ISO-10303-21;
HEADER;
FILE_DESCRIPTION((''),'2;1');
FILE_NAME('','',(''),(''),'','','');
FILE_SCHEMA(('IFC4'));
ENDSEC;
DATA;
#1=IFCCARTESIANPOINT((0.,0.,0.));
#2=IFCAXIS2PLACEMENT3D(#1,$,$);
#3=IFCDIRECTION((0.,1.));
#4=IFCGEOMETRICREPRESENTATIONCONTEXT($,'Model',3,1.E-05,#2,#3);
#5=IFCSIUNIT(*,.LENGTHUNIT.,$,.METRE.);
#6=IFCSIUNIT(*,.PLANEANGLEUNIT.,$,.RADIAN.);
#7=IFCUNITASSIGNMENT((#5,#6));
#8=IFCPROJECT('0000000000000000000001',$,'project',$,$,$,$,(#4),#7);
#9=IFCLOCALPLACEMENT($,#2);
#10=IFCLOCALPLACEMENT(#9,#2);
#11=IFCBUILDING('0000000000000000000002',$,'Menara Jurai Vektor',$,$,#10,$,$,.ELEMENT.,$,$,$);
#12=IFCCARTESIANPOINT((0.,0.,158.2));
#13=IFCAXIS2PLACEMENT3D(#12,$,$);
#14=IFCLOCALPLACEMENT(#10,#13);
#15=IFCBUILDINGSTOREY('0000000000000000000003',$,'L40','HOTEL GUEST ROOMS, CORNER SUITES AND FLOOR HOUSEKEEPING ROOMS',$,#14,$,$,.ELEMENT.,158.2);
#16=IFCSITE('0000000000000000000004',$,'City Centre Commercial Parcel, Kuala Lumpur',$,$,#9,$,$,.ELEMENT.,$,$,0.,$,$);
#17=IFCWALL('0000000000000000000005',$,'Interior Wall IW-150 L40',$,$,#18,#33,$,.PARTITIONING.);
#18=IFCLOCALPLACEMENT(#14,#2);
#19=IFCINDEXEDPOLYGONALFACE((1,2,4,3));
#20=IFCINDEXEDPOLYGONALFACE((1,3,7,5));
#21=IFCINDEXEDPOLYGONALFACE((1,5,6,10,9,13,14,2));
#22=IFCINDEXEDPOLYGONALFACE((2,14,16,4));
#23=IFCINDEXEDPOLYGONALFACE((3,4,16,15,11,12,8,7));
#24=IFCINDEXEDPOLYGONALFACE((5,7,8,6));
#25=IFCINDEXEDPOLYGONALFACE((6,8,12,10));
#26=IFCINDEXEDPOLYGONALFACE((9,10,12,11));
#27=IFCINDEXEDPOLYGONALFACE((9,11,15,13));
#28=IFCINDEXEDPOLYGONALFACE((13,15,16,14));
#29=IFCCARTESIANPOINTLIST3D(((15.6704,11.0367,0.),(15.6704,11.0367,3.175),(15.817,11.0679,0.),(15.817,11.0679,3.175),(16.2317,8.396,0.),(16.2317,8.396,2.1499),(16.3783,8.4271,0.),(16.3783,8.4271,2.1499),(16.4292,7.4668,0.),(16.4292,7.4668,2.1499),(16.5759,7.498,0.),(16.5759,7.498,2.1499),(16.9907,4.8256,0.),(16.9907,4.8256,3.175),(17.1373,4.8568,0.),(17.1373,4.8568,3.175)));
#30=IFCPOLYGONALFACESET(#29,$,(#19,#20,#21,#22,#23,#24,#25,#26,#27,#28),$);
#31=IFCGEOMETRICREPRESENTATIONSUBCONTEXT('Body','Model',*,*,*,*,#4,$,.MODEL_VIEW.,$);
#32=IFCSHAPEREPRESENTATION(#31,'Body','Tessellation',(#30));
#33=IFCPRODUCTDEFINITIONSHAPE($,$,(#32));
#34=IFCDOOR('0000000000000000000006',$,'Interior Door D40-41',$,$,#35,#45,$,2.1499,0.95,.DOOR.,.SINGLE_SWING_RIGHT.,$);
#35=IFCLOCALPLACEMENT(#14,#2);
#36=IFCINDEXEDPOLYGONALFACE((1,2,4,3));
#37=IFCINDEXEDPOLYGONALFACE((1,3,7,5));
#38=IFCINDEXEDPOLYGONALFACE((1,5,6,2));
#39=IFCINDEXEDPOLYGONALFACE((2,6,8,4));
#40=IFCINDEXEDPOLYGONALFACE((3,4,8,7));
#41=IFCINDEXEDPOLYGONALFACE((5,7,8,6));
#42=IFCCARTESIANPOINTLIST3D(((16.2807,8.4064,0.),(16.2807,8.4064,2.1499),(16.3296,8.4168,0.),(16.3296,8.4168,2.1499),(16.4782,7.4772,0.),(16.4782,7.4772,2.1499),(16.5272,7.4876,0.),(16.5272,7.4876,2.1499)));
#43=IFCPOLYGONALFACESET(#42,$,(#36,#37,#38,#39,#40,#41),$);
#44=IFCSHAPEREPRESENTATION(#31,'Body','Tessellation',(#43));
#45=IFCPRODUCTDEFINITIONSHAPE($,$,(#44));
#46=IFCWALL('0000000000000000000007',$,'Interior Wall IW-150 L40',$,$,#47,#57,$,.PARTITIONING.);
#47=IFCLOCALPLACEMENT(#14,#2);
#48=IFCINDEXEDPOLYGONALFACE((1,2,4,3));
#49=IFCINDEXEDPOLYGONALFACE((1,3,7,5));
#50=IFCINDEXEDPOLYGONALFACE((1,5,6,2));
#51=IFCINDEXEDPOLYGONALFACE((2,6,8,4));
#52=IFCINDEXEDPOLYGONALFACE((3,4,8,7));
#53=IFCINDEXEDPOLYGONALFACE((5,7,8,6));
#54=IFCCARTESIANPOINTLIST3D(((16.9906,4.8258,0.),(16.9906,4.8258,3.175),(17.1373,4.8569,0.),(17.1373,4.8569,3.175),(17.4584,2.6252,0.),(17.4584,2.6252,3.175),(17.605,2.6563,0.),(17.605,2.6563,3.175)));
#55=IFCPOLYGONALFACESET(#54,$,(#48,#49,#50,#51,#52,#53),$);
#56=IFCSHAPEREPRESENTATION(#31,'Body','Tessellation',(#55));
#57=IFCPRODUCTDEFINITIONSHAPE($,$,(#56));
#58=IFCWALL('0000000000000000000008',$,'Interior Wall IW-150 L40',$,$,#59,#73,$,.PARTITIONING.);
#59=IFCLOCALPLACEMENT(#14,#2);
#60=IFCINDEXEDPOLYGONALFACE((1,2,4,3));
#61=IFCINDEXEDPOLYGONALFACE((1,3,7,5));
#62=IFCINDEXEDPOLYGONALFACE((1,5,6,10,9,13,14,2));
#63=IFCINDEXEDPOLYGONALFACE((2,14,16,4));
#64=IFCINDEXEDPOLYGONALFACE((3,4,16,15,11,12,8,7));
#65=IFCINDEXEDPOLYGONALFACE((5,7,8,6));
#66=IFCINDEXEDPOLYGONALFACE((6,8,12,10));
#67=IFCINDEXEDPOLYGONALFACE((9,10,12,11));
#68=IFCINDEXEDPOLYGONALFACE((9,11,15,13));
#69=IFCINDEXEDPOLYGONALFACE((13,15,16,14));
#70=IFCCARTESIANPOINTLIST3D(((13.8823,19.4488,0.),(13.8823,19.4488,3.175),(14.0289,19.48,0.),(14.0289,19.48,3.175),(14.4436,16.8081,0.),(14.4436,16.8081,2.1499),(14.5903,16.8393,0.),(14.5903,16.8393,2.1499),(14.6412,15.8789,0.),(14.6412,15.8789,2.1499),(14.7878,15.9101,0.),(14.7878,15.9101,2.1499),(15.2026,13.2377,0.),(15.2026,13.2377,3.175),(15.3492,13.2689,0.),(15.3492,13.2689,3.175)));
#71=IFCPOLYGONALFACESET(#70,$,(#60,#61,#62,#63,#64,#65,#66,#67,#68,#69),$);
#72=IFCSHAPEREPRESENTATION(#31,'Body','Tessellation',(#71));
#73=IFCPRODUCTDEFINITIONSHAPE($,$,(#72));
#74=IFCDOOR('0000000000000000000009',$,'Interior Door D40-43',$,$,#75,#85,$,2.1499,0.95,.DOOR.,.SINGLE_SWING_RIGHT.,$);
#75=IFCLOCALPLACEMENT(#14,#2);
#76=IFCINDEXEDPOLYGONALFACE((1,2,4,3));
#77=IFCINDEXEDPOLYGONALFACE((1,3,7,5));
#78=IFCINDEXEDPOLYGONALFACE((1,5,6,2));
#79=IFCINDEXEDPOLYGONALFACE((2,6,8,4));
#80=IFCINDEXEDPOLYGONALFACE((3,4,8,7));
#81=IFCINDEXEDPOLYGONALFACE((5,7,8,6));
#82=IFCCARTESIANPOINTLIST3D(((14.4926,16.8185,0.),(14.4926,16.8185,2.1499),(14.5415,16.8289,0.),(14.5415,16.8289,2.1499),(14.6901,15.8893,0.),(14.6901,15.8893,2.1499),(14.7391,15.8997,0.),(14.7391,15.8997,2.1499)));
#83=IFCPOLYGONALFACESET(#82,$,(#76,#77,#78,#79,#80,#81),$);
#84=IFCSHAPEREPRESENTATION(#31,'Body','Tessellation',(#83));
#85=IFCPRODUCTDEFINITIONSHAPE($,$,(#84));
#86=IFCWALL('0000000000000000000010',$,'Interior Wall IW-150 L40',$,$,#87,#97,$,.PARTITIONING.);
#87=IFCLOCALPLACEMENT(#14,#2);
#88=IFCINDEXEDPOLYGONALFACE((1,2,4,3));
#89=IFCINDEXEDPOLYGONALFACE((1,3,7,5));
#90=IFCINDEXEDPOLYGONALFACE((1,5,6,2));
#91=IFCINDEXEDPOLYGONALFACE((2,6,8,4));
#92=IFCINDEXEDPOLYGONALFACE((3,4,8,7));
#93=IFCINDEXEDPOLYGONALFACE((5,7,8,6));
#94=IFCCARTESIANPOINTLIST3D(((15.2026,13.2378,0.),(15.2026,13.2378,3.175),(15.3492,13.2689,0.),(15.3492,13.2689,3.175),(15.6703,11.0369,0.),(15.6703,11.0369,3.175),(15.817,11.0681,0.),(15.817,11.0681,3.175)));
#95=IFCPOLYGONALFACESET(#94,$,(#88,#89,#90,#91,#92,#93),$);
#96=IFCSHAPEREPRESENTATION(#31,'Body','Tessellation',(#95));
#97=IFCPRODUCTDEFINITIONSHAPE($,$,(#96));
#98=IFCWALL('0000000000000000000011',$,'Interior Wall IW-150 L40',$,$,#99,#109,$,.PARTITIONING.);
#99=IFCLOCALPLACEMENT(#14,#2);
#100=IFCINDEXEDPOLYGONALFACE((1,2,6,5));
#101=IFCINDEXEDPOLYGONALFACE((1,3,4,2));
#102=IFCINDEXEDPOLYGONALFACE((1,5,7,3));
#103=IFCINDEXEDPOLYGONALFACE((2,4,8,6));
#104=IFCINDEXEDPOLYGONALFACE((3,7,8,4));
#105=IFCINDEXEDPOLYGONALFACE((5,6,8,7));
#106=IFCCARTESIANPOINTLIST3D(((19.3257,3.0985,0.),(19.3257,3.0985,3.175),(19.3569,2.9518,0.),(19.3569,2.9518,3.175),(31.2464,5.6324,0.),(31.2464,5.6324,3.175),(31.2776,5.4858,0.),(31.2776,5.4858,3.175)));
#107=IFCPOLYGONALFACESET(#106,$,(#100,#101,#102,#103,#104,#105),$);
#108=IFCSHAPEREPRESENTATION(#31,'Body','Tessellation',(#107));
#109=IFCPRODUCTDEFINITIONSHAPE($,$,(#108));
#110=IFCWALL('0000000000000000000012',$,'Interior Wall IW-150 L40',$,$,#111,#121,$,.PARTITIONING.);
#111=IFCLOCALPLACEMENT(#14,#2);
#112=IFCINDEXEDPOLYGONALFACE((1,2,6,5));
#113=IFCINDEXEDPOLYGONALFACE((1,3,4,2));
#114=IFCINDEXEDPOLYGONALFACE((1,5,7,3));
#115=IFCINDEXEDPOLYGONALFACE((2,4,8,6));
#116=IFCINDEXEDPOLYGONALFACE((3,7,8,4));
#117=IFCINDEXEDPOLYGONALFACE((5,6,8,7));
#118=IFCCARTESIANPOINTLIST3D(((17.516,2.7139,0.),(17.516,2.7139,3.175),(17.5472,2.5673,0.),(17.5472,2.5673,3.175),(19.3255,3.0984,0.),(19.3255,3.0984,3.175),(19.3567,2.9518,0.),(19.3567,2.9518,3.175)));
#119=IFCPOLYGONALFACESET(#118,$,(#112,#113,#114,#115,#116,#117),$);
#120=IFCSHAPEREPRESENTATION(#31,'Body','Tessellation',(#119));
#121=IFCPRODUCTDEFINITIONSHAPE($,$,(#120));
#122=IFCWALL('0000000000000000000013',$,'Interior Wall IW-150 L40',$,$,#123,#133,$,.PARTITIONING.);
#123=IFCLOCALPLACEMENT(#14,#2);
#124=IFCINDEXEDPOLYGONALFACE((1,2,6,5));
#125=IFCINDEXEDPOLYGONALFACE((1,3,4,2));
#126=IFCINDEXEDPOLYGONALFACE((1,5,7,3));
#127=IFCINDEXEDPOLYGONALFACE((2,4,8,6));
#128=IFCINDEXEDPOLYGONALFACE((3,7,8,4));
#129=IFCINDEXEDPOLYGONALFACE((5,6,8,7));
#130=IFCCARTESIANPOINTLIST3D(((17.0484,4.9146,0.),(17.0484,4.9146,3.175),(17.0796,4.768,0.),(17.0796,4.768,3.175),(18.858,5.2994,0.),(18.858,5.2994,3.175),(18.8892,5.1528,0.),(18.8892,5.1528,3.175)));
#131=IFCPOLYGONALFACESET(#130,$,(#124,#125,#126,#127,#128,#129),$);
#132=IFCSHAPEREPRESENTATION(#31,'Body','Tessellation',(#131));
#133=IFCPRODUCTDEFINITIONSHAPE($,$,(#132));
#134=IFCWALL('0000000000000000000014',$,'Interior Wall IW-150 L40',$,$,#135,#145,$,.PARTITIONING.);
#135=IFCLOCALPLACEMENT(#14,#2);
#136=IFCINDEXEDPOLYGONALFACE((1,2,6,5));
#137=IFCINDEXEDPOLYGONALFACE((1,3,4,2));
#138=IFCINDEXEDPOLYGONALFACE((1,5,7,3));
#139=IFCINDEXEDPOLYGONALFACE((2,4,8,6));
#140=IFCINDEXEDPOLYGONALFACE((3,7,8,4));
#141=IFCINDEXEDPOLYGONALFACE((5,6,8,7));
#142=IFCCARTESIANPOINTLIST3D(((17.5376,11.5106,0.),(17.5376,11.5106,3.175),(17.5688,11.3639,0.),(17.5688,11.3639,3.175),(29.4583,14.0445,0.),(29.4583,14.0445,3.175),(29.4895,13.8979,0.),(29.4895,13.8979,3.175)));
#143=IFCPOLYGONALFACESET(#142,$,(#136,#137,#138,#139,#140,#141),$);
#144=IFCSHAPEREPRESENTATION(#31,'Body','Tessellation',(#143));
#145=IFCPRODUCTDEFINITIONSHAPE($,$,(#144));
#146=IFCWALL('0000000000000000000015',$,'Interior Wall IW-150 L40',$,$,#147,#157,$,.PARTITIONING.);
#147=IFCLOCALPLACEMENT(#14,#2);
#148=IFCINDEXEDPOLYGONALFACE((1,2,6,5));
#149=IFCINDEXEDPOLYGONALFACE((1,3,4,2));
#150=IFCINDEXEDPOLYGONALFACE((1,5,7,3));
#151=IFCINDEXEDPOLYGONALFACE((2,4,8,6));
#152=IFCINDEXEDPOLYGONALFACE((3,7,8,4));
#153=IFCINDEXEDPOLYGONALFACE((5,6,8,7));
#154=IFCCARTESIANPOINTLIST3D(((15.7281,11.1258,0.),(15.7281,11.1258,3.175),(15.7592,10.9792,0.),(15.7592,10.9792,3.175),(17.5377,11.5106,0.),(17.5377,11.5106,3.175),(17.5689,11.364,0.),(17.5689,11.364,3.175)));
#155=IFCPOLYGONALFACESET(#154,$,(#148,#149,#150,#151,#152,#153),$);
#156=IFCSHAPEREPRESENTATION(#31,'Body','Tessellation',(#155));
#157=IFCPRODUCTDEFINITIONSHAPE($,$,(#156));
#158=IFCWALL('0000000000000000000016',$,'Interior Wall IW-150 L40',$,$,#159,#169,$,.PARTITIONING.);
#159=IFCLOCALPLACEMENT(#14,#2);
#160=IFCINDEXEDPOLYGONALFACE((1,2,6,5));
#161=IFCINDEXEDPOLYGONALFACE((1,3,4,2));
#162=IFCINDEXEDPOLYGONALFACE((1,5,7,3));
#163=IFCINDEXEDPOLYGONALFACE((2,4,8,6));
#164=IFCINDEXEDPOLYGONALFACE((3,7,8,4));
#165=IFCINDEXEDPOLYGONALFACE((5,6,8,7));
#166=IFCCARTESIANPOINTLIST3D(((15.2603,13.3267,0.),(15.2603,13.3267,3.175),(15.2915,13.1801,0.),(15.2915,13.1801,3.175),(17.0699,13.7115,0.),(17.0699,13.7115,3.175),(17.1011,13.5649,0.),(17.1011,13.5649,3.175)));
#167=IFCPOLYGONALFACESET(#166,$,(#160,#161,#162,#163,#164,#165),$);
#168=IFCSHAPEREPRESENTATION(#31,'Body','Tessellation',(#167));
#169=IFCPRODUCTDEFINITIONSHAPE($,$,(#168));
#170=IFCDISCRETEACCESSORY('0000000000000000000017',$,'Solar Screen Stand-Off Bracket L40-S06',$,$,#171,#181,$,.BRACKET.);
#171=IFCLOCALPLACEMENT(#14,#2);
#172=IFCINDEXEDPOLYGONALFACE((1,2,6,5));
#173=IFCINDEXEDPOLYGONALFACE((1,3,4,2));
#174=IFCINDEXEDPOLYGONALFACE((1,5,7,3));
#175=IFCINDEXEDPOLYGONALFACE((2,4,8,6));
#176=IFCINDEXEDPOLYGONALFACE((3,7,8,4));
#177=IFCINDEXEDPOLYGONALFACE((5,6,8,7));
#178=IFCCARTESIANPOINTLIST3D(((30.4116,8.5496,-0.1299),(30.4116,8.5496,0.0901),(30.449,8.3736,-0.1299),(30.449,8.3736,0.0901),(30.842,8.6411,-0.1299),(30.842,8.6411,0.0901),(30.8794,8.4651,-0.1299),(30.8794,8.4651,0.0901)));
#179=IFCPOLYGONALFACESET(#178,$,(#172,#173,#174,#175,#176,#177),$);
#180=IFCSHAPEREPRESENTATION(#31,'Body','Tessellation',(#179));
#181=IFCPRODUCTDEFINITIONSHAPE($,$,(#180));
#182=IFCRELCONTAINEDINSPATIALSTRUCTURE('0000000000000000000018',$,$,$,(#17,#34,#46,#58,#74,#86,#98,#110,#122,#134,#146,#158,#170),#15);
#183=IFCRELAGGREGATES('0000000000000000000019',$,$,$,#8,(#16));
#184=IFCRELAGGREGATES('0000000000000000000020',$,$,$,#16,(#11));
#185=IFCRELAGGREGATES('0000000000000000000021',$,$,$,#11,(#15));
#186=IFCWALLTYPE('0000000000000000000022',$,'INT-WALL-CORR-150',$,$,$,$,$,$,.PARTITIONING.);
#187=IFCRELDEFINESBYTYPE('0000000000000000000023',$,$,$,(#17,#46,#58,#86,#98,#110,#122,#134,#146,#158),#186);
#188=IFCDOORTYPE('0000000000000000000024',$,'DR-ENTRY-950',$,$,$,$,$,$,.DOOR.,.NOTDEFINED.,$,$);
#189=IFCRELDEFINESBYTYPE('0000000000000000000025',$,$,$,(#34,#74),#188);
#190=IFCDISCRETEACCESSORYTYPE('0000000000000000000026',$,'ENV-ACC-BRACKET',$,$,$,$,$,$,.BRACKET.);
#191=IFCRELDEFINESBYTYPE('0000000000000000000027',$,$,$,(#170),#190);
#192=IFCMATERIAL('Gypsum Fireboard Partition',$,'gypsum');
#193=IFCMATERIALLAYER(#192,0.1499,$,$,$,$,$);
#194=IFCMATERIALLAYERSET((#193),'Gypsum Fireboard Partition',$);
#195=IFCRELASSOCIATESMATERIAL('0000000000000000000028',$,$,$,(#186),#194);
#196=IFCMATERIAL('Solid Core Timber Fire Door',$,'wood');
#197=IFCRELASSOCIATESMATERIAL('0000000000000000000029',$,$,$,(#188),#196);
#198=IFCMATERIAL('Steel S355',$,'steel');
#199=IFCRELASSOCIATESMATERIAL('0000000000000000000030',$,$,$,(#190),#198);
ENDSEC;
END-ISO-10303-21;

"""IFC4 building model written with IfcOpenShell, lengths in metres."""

from ifc_helpers import new_model, si_unit, direction, frame, frame_2d, origin, origin_2d, place, context, subcontext, project, spatial, rectangle, extrude, material, layer, layer_set, type_object, element, fill, save


model = new_model("IFC4")

# Units and contexts
model_context = context("Model", 3, precision=1e-05, world=origin(), true_north=direction((0.0, 1.0)))
body_context = subcontext(model_context, "Body", "Model", "MODEL_VIEW")
ifc_project = project(units=[si_unit("LENGTHUNIT", "METRE"), si_unit("PLANEANGLEUNIT", "RADIAN")], contexts=[model_context])

# Site, building, storey
site_placement = place(None, origin())
site = spatial("IfcSite", under=ifc_project, at=site_placement, Name="City Centre Commercial Parcel, Kuala Lumpur", CompositionType="ELEMENT", RefElevation=0.0)
building_placement = place(site_placement, origin())
building = spatial("IfcBuilding", under=site, at=building_placement, Name="Menara Jurai Vektor", CompositionType="ELEMENT")
storey_placement = place(building_placement, frame((0.0, 0.0, 158.2)))
storey = spatial("IfcBuildingStorey", under=building, at=storey_placement, Name="L40", Description="HOTEL GUEST ROOMS, CORNER SUITES AND FLOOR HOUSEKEEPING ROOMS", CompositionType="ELEMENT", Elevation=158.2)

# Shared definitions
ifc_material_1 = material(Name="Steel S355", Category="steel")

# Wall, opening, door
ifc_material_2 = material(Name="Gypsum Fireboard Partition", Category="gypsum")
ifc_layer_1 = layer(ifc_material_2, 0.1499)
ifc_layer_set_1 = layer_set([ifc_layer_1], Name="Gypsum Fireboard Partition")
wall_type = type_object("IfcWallType", Name="INT-WALL-CORR-150", PredefinedType="PARTITIONING", material=ifc_layer_set_1)
wall_1_placement = place(storey_placement, frame((17.064, 4.8413, 0.0), z_axis=(0.0, 0.0, 1.0), x_axis=(-0.207925, 0.978145, 0.0)))
wall_1 = element("IfcWall", 1, at=wall_1_placement, inside=storey, type_object=wall_type, Name="Interior Wall IW-150 L40", PredefinedType="PARTITIONING", context=body_context, shape_type="SweptSolid", body=[
    extrude(rectangle(XDim=6.3499, YDim=0.1499, at=frame_2d((3.1748, 0.0))), origin(), (0.0, 0.0, 1.0), 3.175),
])
opening_1_placement = place(wall_1_placement, frame((2.7, 0.0, 0.0)))
opening_1 = element("IfcOpeningElement", 2, at=opening_1_placement, cuts=wall_1, PredefinedType="OPENING", context=body_context, shape_type="SweptSolid", body=[
    extrude(rectangle(XDim=0.95, YDim=2.1499, at=frame_2d((0.4751, 1.075))), frame((0.0, 0.085, 0.0), z_axis=(0.0, -1.0, 0.0), x_axis=(1.0, 0.0, 0.0)), (0.0, 0.0, 1.0), 0.1699),
])
ifc_material_3 = material(Name="Solid Core Timber Fire Door", Category="wood")
door_type_1 = type_object("IfcDoorType", Name="DR-ENTRY-950", OperationType="NOTDEFINED", PredefinedType="DOOR", material=ifc_material_3)
door_1_placement = place(opening_1_placement, origin())
door_1 = element("IfcDoor", 3, at=door_1_placement, inside=storey, type_object=door_type_1, Name="Interior Door D40-41", OperationType="SINGLE_SWING_RIGHT", OverallHeight=2.1499, OverallWidth=0.95, PredefinedType="DOOR", context=body_context, shape_type="SweptSolid", body=[
    extrude(rectangle(XDim=0.95, YDim=2.1499, at=frame_2d((0.4751, 1.075))), frame((0.0, 0.0249, 0.0), z_axis=(0.0, -1.0, 0.0), x_axis=(1.0, 0.0, 0.0)), (0.0, 0.0, 1.0), 0.05),
])
fill(opening_1, door_1)

# Wall
wall_2_placement = place(storey_placement, frame((17.5317, 2.6406, 0.0), z_axis=(0.0, 0.0, 1.0), x_axis=(-0.207913, 0.978147, 0.0)))
element("IfcWall", 4, at=wall_2_placement, inside=storey, type_object=wall_type, Name="Interior Wall IW-150 L40", PredefinedType="PARTITIONING", context=body_context, shape_type="SweptSolid", body=[
    extrude(rectangle(XDim=2.2498, YDim=0.1499, at=frame_2d((1.125, 0.0))), origin(), (0.0, 0.0, 1.0), 3.175),
])

# Wall, opening, door
wall_3_placement = place(storey_placement, frame((15.2759, 13.2534, 0.0), z_axis=(0.0, 0.0, 1.0), x_axis=(-0.207925, 0.978145, 0.0)))
wall_3 = element("IfcWall", 5, at=wall_3_placement, inside=storey, type_object=wall_type, Name="Interior Wall IW-150 L40", PredefinedType="PARTITIONING", context=body_context, shape_type="SweptSolid", body=[
    extrude(rectangle(XDim=6.3499, YDim=0.1499, at=frame_2d((3.1748, 0.0))), origin(), (0.0, 0.0, 1.0), 3.175),
])
opening_2_placement = place(wall_3_placement, frame((2.7, 0.0, 0.0)))
opening_2 = element("IfcOpeningElement", 6, at=opening_2_placement, cuts=wall_3, PredefinedType="OPENING", context=body_context, shape_type="SweptSolid", body=[
    extrude(rectangle(XDim=0.95, YDim=2.1499, at=frame_2d((0.4751, 1.075))), frame((0.0, 0.085, 0.0), z_axis=(0.0, -1.0, 0.0), x_axis=(1.0, 0.0, 0.0)), (0.0, 0.0, 1.0), 0.1699),
])
door_2_placement = place(opening_2_placement, origin())
door_2 = element("IfcDoor", 7, at=door_2_placement, inside=storey, type_object=door_type_1, Name="Interior Door D40-43", OperationType="SINGLE_SWING_RIGHT", OverallHeight=2.1499, OverallWidth=0.95, PredefinedType="DOOR", context=body_context, shape_type="SweptSolid", body=[
    extrude(rectangle(XDim=0.95, YDim=2.1499, at=frame_2d((0.4751, 1.075))), frame((0.0, 0.0249, 0.0), z_axis=(0.0, -1.0, 0.0), x_axis=(1.0, 0.0, 0.0)), (0.0, 0.0, 1.0), 0.05),
])
fill(opening_2, door_2)

# Walls
wall_4_placement = place(storey_placement, frame((15.7437, 11.0525, 0.0), z_axis=(0.0, 0.0, 1.0), x_axis=(-0.207891, 0.978152, 0.0)))
element("IfcWall", 8, at=wall_4_placement, inside=storey, type_object=wall_type, Name="Interior Wall IW-150 L40", PredefinedType="PARTITIONING", context=body_context, shape_type="SweptSolid", body=[
    extrude(rectangle(XDim=2.25, YDim=0.1499, at=frame_2d((1.125, 0.0))), origin(), (0.0, 0.0, 1.0), 3.175),
])
wall_5_placement = place(storey_placement, frame((19.3413, 3.0251, 0.0), z_axis=(0.0, 0.0, 1.0), x_axis=(0.978146, 0.207921, 0.0)))
element("IfcWall", 9, at=wall_5_placement, inside=storey, type_object=wall_type, Name="Interior Wall IW-150 L40", PredefinedType="PARTITIONING", context=body_context, shape_type="SweptSolid", body=[
    extrude(rectangle(XDim=12.187, YDim=0.1499, at=frame_2d((6.0935, 0.0))), origin(), (0.0, 0.0, 1.0), 3.175),
])
wall_6_placement = place(storey_placement, frame((17.5317, 2.6406, 0.0), z_axis=(0.0, 0.0, 1.0), x_axis=(0.97816, 0.207852, 0.0)))
element("IfcWall", 10, at=wall_6_placement, inside=storey, type_object=wall_type, Name="Interior Wall IW-150 L40", PredefinedType="PARTITIONING", context=body_context, shape_type="SweptSolid", body=[
    extrude(rectangle(XDim=1.8499, YDim=0.1499, at=frame_2d((0.9248, 0.0))), origin(), (0.0, 0.0, 1.0), 3.175),
])
wall_7_placement = place(storey_placement, frame((17.064, 4.8413, 0.0), z_axis=(0.0, 0.0, 1.0), x_axis=(0.978133, 0.207979, 0.0)))
element("IfcWall", 11, at=wall_7_placement, inside=storey, type_object=wall_type, Name="Interior Wall IW-150 L40", PredefinedType="PARTITIONING", context=body_context, shape_type="SweptSolid", body=[
    extrude(rectangle(XDim=1.8501, YDim=0.1499, at=frame_2d((0.925, 0.0))), origin(), (0.0, 0.0, 1.0), 3.175),
])

# Walls
wall_8_placement = place(storey_placement, frame((17.5532, 11.4373, 0.0), z_axis=(0.0, 0.0, 1.0), x_axis=(0.978146, 0.207921, 0.0)))
element("IfcWall", 12, at=wall_8_placement, inside=storey, type_object=wall_type, Name="Interior Wall IW-150 L40", PredefinedType="PARTITIONING", context=body_context, shape_type="SweptSolid", body=[
    extrude(rectangle(XDim=12.187, YDim=0.1499, at=frame_2d((6.0935, 0.0))), origin(), (0.0, 0.0, 1.0), 3.175),
])
for number, where, z_axis, x_axis, name in (
    (13, (15.7437, 11.0525, 0.0), (0.0, 0.0, 1.0), (0.978133, 0.207979, 0.0), "Interior Wall IW-150 L40"),
    (14, (15.2759, 13.2534, 0.0), (0.0, 0.0, 1.0), (0.978133, 0.207979, 0.0), "Interior Wall IW-150 L40"),
):
    element("IfcWall", number, at=place(storey_placement, frame(where, z_axis=z_axis, x_axis=x_axis)), inside=storey, type_object=wall_type, Name=name, PredefinedType="PARTITIONING", context=body_context, shape_type="SweptSolid", body=[
        extrude(rectangle(XDim=1.8501, YDim=0.1499, at=frame_2d((0.925, 0.0))), origin(), (0.0, 0.0, 1.0), 3.175),
    ])

# Discrete accessory
discrete_accessory_type = type_object("IfcDiscreteAccessoryType", Name="ENV-ACC-BRACKET", PredefinedType="BRACKET", material=ifc_material_1)
discrete_accessory_placement = place(storey_placement, frame((30.6455, 8.5073, -0.1299), z_axis=(0.0, 0.0, 1.0), x_axis=(-0.207912, 0.978148, 0.0)))
element("IfcDiscreteAccessory", 15, at=discrete_accessory_placement, inside=storey, type_object=discrete_accessory_type, Name="Solar Screen Stand-Off Bracket L40-S06", PredefinedType="BRACKET", context=body_context, shape_type="SweptSolid", body=[
    extrude(rectangle(XDim=0.1799, YDim=0.4399, at=origin_2d()), origin(), (0.0, 0.0, 1.0), 0.22),
])

save(model, "model.ifc")
